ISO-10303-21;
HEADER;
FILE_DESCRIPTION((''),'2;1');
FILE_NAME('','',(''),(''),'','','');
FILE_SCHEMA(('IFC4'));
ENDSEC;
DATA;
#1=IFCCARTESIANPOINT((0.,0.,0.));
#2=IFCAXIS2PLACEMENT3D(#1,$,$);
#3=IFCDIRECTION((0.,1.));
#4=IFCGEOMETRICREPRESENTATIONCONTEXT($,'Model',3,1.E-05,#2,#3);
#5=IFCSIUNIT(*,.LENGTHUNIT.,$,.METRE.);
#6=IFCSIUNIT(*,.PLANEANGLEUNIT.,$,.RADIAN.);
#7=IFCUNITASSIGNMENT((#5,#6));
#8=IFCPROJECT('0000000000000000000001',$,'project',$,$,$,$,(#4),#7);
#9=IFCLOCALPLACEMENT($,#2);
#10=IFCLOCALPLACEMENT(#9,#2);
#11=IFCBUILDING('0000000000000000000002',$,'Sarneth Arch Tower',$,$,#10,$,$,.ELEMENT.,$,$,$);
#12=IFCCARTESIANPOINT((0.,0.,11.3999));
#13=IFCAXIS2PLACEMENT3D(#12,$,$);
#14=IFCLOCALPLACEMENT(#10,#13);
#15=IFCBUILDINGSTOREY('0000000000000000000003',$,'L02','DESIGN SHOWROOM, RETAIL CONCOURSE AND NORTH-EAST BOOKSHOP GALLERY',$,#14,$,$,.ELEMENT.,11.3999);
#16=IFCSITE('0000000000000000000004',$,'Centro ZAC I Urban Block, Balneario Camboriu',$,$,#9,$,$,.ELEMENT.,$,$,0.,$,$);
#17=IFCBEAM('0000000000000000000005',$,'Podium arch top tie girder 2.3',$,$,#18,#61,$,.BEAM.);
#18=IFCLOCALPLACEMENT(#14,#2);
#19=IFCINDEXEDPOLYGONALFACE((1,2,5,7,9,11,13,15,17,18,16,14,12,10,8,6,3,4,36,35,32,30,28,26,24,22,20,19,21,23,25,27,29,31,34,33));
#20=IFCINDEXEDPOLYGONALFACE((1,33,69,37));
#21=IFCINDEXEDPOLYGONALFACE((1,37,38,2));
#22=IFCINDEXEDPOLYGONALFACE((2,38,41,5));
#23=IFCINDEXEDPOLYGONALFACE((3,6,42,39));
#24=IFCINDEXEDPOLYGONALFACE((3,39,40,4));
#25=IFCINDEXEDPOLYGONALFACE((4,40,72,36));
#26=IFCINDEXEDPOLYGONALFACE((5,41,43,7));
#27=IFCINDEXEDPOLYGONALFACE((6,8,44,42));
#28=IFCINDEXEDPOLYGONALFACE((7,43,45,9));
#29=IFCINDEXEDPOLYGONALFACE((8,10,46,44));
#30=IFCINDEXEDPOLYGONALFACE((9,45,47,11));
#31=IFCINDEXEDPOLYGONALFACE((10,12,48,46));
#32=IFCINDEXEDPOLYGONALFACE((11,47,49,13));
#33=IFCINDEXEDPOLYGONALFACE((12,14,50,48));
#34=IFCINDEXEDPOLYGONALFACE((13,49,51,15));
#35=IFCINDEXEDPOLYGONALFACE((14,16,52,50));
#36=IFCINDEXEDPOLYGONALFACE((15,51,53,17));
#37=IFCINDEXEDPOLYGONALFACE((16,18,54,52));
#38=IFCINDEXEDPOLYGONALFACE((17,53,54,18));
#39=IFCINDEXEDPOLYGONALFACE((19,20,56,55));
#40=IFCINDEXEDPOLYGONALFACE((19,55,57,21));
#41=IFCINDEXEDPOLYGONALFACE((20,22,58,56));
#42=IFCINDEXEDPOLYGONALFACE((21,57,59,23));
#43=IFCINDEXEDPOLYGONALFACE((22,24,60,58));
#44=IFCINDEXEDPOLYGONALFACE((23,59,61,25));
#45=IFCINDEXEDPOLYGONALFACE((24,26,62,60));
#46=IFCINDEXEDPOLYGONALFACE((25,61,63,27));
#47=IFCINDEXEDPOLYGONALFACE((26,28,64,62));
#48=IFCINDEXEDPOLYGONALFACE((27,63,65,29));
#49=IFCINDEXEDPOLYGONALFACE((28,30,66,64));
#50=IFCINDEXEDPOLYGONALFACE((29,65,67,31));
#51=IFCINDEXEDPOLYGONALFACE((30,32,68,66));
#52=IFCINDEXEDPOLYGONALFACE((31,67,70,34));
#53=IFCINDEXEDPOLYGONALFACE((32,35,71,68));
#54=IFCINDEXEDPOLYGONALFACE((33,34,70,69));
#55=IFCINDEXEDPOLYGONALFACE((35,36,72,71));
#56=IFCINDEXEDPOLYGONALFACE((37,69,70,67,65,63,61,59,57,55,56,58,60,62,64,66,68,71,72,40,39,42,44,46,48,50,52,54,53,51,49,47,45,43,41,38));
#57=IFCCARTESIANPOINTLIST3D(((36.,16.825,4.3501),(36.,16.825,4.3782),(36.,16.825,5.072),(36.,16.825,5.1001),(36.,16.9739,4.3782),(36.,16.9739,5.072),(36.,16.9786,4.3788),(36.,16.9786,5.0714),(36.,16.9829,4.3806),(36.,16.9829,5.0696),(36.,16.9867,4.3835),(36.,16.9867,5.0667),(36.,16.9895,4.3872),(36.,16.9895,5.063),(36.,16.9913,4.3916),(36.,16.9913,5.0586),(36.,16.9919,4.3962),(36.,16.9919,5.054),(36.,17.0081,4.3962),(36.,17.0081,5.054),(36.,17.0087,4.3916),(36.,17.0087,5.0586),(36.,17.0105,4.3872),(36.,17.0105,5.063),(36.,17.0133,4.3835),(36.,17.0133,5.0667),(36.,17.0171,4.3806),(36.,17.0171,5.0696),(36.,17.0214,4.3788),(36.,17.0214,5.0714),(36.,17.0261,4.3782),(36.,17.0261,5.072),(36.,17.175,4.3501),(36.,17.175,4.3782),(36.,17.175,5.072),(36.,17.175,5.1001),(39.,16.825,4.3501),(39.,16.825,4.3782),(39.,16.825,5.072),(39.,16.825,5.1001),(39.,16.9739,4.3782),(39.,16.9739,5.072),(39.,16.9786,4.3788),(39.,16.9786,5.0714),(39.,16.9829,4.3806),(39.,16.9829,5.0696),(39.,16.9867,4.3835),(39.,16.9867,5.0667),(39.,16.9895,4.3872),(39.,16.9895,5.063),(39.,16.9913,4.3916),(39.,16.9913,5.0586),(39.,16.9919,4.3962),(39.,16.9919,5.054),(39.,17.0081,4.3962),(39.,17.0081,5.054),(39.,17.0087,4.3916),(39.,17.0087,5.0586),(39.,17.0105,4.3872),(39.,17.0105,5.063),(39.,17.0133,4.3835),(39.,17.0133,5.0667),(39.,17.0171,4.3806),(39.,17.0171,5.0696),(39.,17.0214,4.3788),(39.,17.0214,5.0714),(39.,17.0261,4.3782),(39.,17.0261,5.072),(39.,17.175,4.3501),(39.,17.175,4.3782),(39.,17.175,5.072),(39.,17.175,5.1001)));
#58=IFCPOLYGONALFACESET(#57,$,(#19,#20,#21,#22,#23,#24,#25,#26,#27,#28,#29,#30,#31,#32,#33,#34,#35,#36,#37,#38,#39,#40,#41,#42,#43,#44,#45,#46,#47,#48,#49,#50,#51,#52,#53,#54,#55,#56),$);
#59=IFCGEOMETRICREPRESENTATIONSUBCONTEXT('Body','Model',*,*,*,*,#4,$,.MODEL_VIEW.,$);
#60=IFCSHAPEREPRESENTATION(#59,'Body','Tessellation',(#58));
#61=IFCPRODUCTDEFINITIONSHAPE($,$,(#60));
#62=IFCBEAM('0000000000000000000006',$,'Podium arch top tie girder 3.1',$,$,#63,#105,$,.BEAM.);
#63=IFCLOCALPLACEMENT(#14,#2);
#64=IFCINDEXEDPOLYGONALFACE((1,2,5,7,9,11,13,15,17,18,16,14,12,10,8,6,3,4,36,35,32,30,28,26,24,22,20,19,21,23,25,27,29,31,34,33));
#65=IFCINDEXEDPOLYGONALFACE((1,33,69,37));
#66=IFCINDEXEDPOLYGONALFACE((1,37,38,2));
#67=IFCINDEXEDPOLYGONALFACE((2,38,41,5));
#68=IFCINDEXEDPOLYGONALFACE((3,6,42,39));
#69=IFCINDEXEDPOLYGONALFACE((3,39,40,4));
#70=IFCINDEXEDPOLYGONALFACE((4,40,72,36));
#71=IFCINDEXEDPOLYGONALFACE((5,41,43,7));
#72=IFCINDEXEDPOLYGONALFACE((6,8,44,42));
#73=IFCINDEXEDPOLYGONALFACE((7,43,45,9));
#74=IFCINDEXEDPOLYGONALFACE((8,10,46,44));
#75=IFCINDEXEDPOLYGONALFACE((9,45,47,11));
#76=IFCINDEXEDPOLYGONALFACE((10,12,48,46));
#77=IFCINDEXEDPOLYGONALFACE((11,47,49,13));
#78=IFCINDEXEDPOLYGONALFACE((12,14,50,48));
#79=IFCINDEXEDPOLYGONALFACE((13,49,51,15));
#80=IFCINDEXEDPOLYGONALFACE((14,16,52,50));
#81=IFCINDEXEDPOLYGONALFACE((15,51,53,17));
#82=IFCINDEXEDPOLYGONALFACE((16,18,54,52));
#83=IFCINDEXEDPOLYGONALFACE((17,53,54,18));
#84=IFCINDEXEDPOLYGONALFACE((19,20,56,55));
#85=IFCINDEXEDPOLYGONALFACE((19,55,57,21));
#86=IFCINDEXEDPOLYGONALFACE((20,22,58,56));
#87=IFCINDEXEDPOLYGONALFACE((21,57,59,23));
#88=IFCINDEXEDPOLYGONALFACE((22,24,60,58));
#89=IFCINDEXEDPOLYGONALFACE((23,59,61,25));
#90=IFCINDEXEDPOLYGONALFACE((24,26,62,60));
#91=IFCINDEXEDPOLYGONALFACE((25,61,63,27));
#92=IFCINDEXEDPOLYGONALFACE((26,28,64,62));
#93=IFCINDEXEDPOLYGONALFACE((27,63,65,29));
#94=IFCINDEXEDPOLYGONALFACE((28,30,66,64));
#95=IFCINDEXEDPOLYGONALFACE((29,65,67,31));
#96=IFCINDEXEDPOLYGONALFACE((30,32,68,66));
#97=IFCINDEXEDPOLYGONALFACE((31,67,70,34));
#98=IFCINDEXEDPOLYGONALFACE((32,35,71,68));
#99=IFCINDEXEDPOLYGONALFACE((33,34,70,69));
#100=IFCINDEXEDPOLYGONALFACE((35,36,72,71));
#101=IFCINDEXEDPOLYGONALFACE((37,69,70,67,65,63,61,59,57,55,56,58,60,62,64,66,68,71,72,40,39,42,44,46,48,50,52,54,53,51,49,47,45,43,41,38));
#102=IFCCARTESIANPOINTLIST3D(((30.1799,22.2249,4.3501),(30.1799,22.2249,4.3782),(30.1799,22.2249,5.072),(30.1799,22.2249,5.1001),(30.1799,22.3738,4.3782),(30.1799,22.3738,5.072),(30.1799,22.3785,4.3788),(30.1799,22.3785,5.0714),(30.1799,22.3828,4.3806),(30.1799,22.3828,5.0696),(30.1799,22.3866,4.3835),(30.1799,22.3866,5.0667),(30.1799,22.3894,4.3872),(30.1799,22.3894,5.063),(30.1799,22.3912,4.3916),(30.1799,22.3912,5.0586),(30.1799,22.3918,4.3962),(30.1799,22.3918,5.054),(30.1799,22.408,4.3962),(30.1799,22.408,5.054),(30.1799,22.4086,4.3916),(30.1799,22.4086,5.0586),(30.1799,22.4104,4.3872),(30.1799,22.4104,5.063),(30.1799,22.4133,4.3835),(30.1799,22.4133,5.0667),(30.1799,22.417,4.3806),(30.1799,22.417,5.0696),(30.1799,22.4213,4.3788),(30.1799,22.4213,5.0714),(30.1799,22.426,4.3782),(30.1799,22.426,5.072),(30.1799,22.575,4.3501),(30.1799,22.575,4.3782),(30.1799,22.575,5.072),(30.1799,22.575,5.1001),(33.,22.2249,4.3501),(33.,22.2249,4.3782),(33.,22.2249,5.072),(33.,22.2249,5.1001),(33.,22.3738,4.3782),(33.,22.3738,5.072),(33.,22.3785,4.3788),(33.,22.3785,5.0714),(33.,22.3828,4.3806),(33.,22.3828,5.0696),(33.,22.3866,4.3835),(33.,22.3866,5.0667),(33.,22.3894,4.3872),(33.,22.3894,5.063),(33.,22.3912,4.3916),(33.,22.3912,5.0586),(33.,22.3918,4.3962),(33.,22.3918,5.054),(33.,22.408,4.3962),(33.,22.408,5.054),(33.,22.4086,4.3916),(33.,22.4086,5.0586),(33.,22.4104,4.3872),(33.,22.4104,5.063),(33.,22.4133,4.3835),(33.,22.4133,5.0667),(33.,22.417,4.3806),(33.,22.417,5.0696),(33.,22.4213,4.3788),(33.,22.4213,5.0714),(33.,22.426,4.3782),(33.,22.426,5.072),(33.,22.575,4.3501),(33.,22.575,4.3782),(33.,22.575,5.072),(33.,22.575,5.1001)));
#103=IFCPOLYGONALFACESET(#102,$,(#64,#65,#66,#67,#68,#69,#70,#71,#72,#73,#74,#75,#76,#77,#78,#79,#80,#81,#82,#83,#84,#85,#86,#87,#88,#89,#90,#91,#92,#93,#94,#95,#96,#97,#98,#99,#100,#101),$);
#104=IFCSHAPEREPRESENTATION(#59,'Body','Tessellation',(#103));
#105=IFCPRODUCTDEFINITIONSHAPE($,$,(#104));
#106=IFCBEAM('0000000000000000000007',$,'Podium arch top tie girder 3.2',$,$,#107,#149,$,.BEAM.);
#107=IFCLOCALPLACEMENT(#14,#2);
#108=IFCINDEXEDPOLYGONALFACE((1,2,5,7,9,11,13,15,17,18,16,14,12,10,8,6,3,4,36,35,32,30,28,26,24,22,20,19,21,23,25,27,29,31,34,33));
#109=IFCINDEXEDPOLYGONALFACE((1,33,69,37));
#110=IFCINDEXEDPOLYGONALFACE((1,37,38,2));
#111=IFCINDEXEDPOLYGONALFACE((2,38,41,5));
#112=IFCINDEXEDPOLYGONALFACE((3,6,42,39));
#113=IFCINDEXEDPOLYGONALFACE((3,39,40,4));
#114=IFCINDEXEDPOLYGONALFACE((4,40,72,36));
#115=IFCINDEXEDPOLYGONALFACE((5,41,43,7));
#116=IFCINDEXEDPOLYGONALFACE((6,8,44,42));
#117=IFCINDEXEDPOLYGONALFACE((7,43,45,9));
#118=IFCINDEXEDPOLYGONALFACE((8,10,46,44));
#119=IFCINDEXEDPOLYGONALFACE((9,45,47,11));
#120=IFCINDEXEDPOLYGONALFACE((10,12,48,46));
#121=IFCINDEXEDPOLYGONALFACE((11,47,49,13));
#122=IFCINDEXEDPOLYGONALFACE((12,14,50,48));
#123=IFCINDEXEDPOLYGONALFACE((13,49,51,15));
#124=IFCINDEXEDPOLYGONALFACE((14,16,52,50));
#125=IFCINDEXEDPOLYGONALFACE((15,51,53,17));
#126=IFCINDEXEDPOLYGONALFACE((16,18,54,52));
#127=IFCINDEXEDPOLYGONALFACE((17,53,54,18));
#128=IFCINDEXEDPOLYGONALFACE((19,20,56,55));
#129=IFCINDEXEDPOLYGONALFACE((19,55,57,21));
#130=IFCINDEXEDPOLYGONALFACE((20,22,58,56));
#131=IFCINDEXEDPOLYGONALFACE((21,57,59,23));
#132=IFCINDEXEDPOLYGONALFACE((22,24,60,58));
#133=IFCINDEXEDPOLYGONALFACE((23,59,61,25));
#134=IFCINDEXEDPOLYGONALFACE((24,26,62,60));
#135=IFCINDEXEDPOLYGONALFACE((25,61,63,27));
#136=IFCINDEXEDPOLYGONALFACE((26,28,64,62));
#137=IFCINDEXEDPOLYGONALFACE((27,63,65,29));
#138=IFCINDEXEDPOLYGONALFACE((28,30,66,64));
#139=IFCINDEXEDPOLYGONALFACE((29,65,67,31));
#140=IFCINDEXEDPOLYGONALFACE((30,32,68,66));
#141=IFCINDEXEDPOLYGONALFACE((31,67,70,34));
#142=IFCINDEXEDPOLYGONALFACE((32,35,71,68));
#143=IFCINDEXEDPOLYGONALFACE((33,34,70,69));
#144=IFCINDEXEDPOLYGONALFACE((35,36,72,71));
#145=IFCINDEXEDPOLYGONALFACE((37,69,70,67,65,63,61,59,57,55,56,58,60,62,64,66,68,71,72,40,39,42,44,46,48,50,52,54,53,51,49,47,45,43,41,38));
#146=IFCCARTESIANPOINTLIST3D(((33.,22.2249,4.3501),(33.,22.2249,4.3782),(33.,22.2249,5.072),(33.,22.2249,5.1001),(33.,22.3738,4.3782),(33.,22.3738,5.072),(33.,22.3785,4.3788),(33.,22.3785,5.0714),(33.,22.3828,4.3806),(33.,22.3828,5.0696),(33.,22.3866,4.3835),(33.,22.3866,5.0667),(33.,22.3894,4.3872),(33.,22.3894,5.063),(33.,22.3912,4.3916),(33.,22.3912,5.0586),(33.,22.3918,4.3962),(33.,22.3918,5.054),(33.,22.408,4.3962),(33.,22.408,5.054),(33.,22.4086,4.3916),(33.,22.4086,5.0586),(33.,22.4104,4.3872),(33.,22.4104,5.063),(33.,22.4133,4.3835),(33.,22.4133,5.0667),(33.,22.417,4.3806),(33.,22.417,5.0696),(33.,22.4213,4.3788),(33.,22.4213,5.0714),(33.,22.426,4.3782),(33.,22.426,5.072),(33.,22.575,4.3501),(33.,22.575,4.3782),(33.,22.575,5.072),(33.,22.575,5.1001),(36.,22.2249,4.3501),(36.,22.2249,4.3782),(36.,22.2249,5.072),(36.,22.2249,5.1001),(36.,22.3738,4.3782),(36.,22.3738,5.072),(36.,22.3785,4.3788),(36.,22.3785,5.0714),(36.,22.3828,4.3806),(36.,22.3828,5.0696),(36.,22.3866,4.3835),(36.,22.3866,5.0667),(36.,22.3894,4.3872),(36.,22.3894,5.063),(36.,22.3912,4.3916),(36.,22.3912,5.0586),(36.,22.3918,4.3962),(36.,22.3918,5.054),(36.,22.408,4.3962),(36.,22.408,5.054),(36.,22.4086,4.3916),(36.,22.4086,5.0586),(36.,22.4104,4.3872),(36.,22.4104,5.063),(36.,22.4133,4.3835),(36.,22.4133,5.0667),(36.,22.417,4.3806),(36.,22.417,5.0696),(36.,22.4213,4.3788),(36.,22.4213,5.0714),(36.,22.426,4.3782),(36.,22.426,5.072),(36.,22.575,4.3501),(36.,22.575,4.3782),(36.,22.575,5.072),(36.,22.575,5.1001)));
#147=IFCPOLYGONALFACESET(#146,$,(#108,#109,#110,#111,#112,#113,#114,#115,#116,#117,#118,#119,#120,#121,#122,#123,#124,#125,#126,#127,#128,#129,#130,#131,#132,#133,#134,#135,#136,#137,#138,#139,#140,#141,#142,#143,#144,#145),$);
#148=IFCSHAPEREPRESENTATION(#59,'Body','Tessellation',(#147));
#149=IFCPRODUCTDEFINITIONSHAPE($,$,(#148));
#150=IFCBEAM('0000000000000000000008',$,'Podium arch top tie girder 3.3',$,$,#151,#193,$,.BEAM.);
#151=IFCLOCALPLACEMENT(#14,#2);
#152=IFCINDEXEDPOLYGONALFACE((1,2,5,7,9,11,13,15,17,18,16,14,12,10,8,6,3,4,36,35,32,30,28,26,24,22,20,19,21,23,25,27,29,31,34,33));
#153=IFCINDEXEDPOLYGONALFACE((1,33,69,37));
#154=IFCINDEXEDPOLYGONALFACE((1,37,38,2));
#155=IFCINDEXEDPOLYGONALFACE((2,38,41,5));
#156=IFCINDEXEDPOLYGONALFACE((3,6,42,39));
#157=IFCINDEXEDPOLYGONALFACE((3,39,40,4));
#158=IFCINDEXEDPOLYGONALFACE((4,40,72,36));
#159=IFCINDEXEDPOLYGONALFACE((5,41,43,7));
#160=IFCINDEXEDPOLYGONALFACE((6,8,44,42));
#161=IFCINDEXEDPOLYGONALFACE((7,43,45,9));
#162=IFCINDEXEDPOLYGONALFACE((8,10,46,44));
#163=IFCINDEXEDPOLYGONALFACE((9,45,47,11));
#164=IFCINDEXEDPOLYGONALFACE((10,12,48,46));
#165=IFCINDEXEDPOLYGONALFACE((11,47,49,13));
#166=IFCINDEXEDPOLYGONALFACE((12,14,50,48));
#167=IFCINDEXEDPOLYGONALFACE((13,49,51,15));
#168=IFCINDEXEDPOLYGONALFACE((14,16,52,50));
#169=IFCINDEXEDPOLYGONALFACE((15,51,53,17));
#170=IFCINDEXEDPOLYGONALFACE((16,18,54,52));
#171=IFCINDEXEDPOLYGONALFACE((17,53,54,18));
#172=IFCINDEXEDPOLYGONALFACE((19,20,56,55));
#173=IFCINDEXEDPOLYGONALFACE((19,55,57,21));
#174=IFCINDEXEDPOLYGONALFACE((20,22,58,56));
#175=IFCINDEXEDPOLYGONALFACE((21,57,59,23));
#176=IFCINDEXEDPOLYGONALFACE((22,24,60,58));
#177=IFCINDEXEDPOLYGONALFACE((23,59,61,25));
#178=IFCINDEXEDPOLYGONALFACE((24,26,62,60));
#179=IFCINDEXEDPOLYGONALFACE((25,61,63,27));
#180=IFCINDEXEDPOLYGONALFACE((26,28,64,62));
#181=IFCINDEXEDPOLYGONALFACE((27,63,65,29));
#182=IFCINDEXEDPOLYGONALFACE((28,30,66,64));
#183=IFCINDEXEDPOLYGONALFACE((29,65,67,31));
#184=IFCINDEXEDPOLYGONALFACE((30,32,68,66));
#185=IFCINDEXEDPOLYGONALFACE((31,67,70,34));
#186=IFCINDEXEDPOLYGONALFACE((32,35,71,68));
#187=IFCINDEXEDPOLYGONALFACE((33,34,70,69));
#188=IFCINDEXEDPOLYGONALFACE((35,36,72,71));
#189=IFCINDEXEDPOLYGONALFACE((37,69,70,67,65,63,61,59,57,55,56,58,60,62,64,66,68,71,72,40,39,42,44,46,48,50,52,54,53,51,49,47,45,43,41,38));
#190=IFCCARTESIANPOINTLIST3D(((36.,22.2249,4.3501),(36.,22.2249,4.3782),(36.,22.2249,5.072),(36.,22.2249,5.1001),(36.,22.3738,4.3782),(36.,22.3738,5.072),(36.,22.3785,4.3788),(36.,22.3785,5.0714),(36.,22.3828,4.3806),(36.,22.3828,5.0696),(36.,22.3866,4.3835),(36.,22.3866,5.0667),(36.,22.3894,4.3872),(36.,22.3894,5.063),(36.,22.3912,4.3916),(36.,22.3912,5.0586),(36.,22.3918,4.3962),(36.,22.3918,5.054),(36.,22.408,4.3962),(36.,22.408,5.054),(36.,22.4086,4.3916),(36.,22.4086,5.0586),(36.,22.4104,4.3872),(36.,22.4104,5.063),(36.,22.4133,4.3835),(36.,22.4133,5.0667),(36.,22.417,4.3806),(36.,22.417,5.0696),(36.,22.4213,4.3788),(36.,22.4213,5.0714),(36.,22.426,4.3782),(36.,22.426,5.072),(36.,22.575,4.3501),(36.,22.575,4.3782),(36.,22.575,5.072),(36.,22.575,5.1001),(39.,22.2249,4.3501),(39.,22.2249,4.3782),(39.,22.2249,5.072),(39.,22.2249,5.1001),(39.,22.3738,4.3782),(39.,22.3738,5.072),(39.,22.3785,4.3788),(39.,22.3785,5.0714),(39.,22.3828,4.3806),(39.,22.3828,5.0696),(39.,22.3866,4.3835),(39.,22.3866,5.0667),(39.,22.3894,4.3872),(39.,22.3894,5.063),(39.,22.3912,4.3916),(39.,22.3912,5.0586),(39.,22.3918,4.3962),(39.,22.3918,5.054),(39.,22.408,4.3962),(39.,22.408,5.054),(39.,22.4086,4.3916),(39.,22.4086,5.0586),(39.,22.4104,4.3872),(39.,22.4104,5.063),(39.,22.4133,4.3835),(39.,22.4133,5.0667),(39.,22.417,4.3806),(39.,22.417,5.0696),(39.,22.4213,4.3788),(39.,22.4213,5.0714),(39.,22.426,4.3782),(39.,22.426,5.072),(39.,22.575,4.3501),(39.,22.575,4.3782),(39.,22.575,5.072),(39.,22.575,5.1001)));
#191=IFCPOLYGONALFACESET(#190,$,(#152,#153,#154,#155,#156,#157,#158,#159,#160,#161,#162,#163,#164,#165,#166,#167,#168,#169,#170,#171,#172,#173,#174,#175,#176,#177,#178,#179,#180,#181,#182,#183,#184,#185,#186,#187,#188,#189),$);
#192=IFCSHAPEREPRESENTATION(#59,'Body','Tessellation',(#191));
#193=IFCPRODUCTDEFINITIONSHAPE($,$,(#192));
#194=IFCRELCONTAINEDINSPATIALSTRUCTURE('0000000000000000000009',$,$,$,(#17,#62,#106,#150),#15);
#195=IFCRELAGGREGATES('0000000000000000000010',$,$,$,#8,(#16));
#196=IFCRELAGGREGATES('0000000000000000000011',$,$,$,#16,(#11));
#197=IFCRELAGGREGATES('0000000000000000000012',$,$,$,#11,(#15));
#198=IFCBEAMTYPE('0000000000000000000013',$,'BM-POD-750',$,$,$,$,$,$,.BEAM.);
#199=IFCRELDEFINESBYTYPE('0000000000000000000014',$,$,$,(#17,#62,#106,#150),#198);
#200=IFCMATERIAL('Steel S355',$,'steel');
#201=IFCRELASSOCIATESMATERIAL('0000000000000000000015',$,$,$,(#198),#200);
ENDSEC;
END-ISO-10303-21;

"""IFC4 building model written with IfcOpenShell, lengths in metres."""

from ifc_helpers import new_model, si_unit, direction, frame, origin, origin_2d, place, context, subcontext, project, spatial, i_section, extrude, material, material_profile, profile_set, type_object, element, save


model = new_model("IFC4")

# Units and contexts
model_context = context("Model", 3, precision=1e-05, world=origin(), true_north=direction((0.0, 1.0)))
body_context = subcontext(model_context, "Body", "Model", "MODEL_VIEW")
ifc_project = project(units=[si_unit("LENGTHUNIT", "METRE"), si_unit("PLANEANGLEUNIT", "RADIAN")], contexts=[model_context])

# Site, building, storey
site_placement = place(None, origin())
site = spatial("IfcSite", under=ifc_project, at=site_placement, Name="Centro ZAC I Urban Block, Balneario Camboriu", CompositionType="ELEMENT", RefElevation=0.0)
building_placement = place(site_placement, origin())
building = spatial("IfcBuilding", under=site, at=building_placement, Name="Sarneth Arch Tower", CompositionType="ELEMENT")
storey_placement = place(building_placement, frame((0.0, 0.0, 11.3999)))
storey = spatial("IfcBuildingStorey", under=building, at=storey_placement, Name="L02", Description="DESIGN SHOWROOM, RETAIL CONCOURSE AND NORTH-EAST BOOKSHOP GALLERY", CompositionType="ELEMENT", Elevation=11.3999)

# Beams
ifc_material_1 = material(Name="Steel S355", Category="steel")
ifc_material_profile_1 = material_profile(ifc_material_1, i_section(OverallWidth=0.3501, OverallDepth=0.75, WebThickness=0.0161, FlangeThickness=0.0281, FilletRadius=0.0181, at=origin_2d()), Name="CVS750x268")
ifc_profile_set_1 = profile_set([ifc_material_profile_1], Name="Steel S355")
beam_type_1 = type_object("IfcBeamType", Name="BM-POD-750", PredefinedType="BEAM", material=ifc_profile_set_1)
for number, where, z_axis, x_axis, name in (
    (1, (36.0, 17.0, 4.7251), (1.0, 0.0, 0.0), (0.0, 1.0, 0.0), "Podium arch top tie girder 2.3"),
):
    element("IfcBeam", number, at=place(storey_placement, frame(where, z_axis=z_axis, x_axis=x_axis)), inside=storey, type_object=beam_type_1, Name=name, PredefinedType="BEAM", context=body_context, shape_type="SweptSolid", body=[
        extrude(i_section(OverallWidth=0.3501, OverallDepth=0.75, WebThickness=0.0161, FlangeThickness=0.0281, FilletRadius=0.0181, at=origin_2d()), origin(), (0.0, 0.0, 1.0), 3.0),
    ])
beam_1_placement = place(storey_placement, frame((30.1799, 22.3999, 4.7251), z_axis=(1.0, 0.0, 0.0), x_axis=(0.0, 1.0, 0.0)))
element("IfcBeam", 2, at=beam_1_placement, inside=storey, type_object=beam_type_1, Name="Podium arch top tie girder 3.1", PredefinedType="BEAM", context=body_context, shape_type="SweptSolid", body=[
    extrude(i_section(OverallWidth=0.3501, OverallDepth=0.75, WebThickness=0.0161, FlangeThickness=0.0281, FilletRadius=0.0181, at=origin_2d()), origin(), (0.0, 0.0, 1.0), 2.8201),
])
for number, where, z_axis, x_axis, name in (
    (3, (33.0, 22.3999, 4.7251), (1.0, 0.0, 0.0), (0.0, 1.0, 0.0), "Podium arch top tie girder 3.2"),
    (4, (36.0, 22.3999, 4.7251), (1.0, 0.0, 0.0), (0.0, 1.0, 0.0), "Podium arch top tie girder 3.3"),
):
    element("IfcBeam", number, at=place(storey_placement, frame(where, z_axis=z_axis, x_axis=x_axis)), inside=storey, type_object=beam_type_1, Name=name, PredefinedType="BEAM", context=body_context, shape_type="SweptSolid", body=[
        extrude(i_section(OverallWidth=0.3501, OverallDepth=0.75, WebThickness=0.0161, FlangeThickness=0.0281, FilletRadius=0.0181, at=origin_2d()), origin(), (0.0, 0.0, 1.0), 3.0),
    ])

save(model, "model.ifc")
